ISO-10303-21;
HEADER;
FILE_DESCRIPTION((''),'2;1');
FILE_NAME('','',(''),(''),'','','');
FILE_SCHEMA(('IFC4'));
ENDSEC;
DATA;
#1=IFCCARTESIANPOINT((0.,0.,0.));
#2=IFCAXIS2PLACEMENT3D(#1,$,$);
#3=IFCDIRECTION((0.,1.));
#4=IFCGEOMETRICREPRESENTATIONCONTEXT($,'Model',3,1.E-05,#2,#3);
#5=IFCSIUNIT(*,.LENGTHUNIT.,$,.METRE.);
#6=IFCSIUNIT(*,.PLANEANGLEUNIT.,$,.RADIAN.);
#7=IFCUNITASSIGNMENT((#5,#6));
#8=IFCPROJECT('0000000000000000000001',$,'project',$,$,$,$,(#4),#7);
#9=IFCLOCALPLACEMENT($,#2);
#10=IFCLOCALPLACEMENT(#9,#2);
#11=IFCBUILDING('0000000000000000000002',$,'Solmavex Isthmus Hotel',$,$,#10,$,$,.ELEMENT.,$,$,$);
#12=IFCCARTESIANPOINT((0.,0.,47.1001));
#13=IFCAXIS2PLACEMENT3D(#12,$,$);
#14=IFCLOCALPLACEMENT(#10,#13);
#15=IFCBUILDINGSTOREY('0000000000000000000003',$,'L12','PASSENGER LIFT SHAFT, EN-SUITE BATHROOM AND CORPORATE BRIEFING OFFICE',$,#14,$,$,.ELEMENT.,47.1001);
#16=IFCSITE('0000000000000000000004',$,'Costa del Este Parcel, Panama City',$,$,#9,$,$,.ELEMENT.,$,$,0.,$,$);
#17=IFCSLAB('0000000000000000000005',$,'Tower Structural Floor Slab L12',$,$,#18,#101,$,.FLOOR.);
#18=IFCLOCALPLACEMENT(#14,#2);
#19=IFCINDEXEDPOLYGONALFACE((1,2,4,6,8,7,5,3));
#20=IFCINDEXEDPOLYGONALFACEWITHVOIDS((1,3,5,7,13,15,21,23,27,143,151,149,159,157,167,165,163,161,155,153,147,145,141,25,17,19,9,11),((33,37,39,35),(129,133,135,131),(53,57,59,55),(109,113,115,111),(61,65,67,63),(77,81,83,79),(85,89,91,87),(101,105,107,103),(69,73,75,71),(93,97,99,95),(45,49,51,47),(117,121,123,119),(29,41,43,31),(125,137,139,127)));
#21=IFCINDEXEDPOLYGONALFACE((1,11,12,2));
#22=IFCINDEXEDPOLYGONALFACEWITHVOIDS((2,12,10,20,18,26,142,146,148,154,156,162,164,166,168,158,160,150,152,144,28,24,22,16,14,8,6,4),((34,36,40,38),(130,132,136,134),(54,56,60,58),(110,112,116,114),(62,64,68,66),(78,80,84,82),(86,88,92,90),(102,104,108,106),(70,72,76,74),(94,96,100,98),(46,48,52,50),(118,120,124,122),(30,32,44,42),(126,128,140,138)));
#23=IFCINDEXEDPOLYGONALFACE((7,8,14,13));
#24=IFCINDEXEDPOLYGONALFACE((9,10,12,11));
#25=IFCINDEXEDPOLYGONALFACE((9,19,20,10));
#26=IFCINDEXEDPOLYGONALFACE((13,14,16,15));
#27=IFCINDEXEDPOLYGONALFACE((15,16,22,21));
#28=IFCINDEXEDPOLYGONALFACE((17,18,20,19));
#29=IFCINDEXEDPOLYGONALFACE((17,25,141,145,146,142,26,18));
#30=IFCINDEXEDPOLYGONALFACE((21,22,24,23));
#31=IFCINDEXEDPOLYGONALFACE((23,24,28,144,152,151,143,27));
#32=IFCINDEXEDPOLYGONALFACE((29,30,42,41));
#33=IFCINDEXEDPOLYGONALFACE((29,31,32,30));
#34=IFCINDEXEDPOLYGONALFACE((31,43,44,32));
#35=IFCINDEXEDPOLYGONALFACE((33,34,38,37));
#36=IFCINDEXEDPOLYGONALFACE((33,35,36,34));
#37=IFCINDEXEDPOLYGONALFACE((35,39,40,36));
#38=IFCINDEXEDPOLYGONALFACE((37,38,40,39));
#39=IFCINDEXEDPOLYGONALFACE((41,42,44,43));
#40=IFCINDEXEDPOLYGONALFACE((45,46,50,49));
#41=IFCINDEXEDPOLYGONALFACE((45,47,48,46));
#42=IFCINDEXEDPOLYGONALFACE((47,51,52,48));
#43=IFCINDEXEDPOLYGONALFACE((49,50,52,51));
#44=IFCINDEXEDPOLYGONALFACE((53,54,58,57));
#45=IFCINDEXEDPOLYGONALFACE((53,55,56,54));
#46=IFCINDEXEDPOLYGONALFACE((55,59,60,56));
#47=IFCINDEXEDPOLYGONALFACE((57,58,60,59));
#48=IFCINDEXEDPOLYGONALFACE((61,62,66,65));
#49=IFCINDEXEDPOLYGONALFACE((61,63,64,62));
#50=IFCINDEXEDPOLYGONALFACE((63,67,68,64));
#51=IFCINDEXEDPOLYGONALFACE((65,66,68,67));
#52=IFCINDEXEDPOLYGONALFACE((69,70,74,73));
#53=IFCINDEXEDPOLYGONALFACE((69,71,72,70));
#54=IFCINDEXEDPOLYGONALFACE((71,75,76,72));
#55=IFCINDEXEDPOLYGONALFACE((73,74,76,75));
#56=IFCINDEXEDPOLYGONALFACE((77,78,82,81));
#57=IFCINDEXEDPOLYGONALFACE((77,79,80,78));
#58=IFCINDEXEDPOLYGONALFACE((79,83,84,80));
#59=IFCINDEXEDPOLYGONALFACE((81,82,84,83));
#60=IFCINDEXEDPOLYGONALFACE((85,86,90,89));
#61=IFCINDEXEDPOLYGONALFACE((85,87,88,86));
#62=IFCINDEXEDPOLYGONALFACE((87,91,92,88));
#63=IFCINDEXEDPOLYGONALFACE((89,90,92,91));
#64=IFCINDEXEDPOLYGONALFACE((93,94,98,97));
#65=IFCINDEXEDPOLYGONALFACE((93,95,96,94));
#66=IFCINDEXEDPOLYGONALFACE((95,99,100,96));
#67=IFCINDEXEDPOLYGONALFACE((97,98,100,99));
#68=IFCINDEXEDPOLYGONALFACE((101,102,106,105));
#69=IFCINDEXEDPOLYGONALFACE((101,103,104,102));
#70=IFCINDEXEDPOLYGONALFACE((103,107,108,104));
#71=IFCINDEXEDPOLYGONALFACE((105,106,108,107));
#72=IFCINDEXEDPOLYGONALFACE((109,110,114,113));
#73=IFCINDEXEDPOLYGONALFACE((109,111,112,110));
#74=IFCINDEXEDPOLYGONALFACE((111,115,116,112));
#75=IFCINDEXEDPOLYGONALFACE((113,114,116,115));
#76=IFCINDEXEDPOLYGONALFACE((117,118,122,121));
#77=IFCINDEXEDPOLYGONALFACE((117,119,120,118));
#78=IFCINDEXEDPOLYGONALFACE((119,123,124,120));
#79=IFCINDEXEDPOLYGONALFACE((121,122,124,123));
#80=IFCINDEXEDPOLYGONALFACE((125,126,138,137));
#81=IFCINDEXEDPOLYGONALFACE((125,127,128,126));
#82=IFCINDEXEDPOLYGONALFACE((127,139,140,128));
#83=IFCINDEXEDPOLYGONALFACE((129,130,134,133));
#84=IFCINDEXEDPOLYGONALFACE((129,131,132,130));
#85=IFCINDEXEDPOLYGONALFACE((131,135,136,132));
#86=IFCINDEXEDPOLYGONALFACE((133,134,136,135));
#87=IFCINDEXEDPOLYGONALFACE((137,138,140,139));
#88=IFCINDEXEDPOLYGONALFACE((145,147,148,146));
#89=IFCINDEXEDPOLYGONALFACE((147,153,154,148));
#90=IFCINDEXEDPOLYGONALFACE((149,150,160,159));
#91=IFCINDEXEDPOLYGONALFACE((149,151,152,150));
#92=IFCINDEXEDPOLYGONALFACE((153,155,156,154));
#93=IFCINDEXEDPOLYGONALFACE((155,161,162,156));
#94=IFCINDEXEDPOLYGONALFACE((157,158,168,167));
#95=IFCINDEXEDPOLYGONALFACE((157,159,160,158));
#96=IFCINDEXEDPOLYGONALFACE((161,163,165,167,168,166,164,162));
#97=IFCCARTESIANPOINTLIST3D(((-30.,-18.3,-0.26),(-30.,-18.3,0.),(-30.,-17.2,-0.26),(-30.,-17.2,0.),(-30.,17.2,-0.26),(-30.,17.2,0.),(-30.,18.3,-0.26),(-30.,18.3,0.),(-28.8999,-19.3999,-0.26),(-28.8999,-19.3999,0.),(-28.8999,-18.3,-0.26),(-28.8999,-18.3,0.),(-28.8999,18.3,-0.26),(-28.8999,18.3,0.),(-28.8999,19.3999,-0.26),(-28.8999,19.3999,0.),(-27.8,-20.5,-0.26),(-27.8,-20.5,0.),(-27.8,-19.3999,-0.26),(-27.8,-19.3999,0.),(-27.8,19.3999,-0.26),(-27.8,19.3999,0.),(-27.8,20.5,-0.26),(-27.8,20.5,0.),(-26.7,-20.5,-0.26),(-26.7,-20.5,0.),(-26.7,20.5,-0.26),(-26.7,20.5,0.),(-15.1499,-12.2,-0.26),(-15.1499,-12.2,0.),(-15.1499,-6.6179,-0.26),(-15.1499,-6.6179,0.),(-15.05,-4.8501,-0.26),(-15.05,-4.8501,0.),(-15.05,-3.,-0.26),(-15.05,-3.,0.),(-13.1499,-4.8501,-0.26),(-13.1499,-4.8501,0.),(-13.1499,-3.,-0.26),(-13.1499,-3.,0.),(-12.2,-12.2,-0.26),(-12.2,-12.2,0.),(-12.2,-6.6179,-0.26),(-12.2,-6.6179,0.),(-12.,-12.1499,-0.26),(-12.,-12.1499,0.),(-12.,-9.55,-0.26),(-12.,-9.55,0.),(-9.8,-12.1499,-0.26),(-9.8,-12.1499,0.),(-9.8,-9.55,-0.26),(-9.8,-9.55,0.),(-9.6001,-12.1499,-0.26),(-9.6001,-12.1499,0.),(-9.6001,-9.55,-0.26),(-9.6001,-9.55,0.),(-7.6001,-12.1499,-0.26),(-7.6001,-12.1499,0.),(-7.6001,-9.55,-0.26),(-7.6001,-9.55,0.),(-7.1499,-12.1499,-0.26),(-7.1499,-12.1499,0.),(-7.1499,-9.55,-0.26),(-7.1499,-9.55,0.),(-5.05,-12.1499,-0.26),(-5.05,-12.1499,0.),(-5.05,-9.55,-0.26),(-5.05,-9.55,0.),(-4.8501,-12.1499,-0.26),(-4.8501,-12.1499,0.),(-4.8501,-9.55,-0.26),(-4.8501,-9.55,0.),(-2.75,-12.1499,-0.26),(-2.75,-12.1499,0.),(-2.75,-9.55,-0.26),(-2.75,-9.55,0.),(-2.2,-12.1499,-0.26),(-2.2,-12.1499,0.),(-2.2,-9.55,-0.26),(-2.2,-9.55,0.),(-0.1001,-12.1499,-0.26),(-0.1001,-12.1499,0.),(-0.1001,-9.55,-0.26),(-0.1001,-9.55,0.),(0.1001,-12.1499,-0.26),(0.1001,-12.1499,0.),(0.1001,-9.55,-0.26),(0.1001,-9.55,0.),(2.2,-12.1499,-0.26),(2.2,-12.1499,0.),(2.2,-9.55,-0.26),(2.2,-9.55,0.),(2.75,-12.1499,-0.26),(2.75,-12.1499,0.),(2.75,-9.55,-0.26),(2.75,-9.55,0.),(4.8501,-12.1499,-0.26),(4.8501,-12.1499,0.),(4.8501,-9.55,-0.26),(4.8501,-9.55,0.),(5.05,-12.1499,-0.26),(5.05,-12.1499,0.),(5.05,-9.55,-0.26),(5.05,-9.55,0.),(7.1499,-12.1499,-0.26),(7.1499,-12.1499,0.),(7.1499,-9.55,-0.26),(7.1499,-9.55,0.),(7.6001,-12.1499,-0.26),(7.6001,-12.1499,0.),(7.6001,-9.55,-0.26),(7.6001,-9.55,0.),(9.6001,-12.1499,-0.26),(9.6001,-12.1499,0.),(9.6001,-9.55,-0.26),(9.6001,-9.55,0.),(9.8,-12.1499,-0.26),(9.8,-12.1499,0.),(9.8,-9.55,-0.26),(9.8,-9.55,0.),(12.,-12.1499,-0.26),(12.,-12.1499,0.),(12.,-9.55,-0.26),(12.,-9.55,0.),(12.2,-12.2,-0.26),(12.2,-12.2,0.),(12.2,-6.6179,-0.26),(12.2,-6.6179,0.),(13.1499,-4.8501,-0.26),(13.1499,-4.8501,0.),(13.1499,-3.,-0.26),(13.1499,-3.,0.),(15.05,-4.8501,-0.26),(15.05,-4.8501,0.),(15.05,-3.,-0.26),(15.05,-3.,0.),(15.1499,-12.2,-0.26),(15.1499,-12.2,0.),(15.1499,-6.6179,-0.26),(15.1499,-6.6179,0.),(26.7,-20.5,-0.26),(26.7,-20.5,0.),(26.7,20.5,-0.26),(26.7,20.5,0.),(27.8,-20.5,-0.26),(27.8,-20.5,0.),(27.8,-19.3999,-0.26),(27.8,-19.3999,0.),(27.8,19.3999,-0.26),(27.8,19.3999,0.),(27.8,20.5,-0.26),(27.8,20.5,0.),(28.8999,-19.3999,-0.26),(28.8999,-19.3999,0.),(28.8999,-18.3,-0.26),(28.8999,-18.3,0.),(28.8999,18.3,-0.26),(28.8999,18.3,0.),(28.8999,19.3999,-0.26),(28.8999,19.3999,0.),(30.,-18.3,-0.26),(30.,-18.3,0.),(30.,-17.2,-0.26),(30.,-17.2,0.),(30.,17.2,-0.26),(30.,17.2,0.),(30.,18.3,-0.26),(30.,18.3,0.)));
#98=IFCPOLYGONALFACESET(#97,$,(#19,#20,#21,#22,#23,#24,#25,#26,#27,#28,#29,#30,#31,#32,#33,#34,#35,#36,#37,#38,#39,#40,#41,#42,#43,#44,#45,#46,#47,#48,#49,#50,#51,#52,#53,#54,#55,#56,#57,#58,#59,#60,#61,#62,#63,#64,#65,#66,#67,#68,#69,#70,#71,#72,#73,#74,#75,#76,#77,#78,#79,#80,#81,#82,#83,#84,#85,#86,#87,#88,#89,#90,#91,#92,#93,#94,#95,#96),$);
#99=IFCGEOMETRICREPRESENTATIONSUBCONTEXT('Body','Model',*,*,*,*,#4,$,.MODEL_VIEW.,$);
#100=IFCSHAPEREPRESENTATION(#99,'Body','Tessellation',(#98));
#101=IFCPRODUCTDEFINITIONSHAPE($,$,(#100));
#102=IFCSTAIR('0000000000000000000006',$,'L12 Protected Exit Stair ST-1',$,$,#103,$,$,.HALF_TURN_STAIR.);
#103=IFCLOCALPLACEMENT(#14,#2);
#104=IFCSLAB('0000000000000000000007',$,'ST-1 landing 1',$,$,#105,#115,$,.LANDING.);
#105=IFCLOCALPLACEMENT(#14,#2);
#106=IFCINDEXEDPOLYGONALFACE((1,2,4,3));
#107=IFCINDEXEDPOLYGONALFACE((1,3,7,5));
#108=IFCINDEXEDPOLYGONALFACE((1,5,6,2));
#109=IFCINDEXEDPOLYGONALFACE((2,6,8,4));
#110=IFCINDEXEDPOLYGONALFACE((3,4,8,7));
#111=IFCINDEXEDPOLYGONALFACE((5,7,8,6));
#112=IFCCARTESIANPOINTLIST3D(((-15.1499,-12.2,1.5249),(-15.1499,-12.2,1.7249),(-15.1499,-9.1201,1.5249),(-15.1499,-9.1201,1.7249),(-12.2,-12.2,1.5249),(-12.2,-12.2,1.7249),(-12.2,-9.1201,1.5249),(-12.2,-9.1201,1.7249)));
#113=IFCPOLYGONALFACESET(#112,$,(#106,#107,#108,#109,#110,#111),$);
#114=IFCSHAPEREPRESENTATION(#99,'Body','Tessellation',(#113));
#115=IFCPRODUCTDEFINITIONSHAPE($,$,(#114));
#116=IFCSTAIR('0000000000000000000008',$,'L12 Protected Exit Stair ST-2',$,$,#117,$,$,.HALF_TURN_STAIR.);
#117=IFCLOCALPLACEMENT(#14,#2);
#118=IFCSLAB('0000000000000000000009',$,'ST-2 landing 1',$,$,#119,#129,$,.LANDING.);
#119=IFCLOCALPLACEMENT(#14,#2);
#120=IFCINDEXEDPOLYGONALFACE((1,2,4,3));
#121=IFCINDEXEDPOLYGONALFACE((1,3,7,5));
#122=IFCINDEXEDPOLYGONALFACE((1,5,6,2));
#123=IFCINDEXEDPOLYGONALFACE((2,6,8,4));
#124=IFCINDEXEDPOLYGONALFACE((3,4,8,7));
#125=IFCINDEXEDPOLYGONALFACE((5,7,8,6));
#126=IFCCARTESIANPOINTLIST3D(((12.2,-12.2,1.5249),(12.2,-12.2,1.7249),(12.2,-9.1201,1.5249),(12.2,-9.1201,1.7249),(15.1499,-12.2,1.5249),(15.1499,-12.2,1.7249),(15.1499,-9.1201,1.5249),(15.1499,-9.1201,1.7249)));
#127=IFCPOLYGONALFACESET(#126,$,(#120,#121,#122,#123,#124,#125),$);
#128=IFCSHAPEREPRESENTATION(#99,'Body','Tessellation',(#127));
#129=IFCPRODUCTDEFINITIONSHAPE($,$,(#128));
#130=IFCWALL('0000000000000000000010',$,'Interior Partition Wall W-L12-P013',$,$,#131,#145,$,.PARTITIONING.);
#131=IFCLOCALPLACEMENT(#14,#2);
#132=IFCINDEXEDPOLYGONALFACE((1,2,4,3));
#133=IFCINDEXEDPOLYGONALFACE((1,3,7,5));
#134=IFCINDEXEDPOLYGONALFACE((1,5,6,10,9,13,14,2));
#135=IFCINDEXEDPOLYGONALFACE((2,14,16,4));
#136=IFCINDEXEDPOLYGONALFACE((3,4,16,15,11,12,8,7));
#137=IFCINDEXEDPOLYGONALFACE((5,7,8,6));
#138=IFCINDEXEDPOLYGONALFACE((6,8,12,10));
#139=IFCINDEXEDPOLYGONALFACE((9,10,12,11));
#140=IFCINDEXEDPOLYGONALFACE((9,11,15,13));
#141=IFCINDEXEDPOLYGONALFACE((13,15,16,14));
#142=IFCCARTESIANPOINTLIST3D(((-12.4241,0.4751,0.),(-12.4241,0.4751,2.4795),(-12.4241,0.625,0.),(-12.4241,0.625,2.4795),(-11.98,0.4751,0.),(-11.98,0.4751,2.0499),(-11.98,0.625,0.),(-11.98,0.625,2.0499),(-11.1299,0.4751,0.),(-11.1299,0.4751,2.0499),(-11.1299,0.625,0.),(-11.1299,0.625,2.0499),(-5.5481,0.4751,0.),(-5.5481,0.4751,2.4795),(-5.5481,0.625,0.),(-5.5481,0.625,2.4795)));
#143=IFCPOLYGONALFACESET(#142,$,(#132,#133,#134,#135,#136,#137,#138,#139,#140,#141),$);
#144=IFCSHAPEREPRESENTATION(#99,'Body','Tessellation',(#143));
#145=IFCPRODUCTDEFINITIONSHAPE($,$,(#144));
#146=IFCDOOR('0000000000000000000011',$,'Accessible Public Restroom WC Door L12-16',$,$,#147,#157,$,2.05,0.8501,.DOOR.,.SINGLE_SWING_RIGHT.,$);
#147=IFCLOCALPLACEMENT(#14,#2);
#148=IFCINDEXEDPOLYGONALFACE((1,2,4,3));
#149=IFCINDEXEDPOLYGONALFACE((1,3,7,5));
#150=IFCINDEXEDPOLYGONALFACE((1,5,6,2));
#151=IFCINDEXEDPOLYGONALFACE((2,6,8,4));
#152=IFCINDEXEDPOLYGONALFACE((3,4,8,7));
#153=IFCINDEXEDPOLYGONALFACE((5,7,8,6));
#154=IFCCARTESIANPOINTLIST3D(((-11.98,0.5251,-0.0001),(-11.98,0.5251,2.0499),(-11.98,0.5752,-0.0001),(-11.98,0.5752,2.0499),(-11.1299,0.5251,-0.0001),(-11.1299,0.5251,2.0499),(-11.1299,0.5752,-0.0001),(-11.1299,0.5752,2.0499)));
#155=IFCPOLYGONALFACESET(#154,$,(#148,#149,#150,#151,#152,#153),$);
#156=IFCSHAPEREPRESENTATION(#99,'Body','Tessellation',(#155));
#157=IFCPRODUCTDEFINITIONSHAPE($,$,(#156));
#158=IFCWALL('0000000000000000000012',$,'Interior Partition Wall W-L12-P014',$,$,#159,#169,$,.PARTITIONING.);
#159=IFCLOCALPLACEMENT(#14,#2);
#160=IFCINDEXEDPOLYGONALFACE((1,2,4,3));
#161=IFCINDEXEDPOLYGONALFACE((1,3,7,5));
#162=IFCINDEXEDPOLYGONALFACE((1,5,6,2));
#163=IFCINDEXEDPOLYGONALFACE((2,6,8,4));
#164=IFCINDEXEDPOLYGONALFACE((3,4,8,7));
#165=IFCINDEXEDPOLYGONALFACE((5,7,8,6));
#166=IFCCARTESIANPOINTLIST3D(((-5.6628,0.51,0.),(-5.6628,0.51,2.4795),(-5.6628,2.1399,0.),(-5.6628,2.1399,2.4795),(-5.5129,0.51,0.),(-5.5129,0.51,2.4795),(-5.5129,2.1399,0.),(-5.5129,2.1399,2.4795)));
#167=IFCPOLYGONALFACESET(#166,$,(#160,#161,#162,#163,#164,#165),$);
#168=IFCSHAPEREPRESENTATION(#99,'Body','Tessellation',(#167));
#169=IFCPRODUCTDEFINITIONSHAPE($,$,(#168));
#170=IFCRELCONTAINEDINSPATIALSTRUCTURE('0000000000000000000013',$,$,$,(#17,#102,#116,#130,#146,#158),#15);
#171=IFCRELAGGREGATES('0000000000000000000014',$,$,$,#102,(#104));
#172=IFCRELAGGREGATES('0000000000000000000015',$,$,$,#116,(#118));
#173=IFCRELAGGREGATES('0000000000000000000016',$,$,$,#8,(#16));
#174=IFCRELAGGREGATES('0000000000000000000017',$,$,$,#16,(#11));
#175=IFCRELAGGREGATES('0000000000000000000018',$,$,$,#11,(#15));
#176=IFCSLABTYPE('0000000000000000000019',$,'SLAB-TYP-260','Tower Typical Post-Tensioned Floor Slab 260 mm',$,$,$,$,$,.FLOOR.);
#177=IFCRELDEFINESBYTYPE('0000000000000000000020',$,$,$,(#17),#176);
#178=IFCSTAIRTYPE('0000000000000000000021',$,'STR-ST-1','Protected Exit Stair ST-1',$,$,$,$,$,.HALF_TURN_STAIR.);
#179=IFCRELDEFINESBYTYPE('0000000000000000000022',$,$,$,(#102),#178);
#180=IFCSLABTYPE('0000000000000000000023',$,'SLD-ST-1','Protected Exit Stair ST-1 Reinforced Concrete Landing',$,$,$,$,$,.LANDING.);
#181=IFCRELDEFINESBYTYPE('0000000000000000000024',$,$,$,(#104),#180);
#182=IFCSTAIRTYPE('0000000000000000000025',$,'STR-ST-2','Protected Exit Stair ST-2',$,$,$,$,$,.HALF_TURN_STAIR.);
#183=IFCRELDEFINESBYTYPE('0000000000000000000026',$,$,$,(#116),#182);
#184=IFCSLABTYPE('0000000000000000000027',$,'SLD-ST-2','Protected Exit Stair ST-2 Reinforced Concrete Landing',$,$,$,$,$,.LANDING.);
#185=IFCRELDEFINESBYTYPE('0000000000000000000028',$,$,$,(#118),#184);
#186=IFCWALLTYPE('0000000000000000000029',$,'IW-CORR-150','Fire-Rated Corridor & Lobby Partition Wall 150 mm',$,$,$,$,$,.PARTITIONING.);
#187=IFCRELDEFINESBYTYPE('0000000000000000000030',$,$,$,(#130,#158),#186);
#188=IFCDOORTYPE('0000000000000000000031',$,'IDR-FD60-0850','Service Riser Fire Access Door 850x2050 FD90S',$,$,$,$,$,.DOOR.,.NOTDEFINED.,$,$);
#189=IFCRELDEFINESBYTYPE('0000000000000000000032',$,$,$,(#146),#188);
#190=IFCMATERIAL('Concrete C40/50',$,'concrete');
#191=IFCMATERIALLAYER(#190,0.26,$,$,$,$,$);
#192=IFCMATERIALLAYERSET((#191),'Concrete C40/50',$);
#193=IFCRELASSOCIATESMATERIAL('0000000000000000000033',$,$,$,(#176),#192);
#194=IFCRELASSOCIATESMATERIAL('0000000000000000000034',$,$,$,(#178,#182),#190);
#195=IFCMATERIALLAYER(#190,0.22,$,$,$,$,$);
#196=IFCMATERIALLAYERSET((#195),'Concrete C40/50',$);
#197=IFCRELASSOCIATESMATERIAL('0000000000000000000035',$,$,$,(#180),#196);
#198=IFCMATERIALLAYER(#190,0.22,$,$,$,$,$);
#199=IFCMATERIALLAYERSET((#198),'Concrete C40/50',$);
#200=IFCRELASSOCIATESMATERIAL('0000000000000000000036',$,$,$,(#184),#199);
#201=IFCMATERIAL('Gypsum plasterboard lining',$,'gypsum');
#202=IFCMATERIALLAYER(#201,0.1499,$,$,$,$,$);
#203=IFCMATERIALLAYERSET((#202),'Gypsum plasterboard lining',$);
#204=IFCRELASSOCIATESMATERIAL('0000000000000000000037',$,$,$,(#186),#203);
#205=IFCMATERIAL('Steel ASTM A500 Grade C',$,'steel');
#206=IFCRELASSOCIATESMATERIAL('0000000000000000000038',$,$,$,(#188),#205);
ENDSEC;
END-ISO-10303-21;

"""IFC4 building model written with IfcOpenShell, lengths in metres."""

from ifc_helpers import new_model, si_unit, direction, frame, frame_2d, origin, place, context, subcontext, project, spatial, polyline, rectangle, outline, extrude, material, layer, layer_set, type_object, element, fill, aggregate, save


model = new_model("IFC4")

# Units and contexts
model_context = context("Model", 3, precision=1e-05, world=origin(), true_north=direction((0.0, 1.0)))
body_context = subcontext(model_context, "Body", "Model", "MODEL_VIEW")
ifc_project = project(units=[si_unit("LENGTHUNIT", "METRE"), si_unit("PLANEANGLEUNIT", "RADIAN")], contexts=[model_context])

# Site, building, storey
site_placement = place(None, origin())
site = spatial("IfcSite", under=ifc_project, at=site_placement, Name="Costa del Este Parcel, Panama City", CompositionType="ELEMENT", RefElevation=0.0)
building_placement = place(site_placement, origin())
building = spatial("IfcBuilding", under=site, at=building_placement, Name="Solmavex Isthmus Hotel", CompositionType="ELEMENT")
storey_placement = place(building_placement, frame((0.0, 0.0, 47.1001)))
storey = spatial("IfcBuildingStorey", under=building, at=storey_placement, Name="L12", Description="PASSENGER LIFT SHAFT, EN-SUITE BATHROOM AND CORPORATE BRIEFING OFFICE", CompositionType="ELEMENT", Elevation=47.1001)

# Slab
ifc_material_1 = material(Name="Concrete C40/50", Category="concrete")
ifc_layer_1 = layer(ifc_material_1, 0.26)
ifc_layer_set_1 = layer_set([ifc_layer_1], Name="Concrete C40/50")
slab_type_1 = type_object("IfcSlabType", Name="SLAB-TYP-260", Description="Tower Typical Post-Tensioned Floor Slab 260 mm", PredefinedType="FLOOR", material=ifc_layer_set_1)
slab_1_placement = place(storey_placement, frame((0.0, 0.0, -0.26)))
element("IfcSlab", 1, at=slab_1_placement, inside=storey, type_object=slab_type_1, Name="Tower Structural Floor Slab L12", PredefinedType="FLOOR", context=body_context, shape_type="SweptSolid", body=[
    extrude(outline(polyline([(-26.7, -20.5), (26.7, -20.5), (27.8, -20.5), (27.8, -19.3999), (28.8999, -19.3999), (28.8999, -18.3), (30.0, -18.3), (30.0, -17.2), (30.0, 17.2), (30.0, 18.3), (28.8999, 18.3), (28.8999, 19.3999), (27.8, 19.3999), (27.8, 20.5), (26.7, 20.5), (-26.7, 20.5), (-27.8, 20.5), (-27.8, 19.3999), (-28.8999, 19.3999), (-28.8999, 18.3), (-30.0, 18.3), (-30.0, 17.2), (-30.0, -17.2), (-30.0, -18.3), (-28.8999, -18.3), (-28.8999, -19.3999), (-27.8, -19.3999), (-27.8, -20.5), (-26.7, -20.5)]), holes=[polyline([(-15.1499, -6.6179), (-15.1499, -12.2), (-12.2, -12.2), (-12.2, -6.6179), (-15.1499, -6.6179)]), polyline([(12.2, -6.6179), (12.2, -12.2), (15.1499, -12.2), (15.1499, -6.6179), (12.2, -6.6179)]), polyline([(-12.0, -12.1499), (-9.8, -12.1499), (-9.8, -9.55), (-12.0, -9.55), (-12.0, -12.1499)]), polyline([(9.8, -12.1499), (12.0, -12.1499), (12.0, -9.55), (9.8, -9.55), (9.8, -12.1499)]), polyline([(-9.6001, -12.1499), (-7.6001, -12.1499), (-7.6001, -9.55), (-9.6001, -9.55), (-9.6001, -12.1499)]), polyline([(7.6001, -12.1499), (9.6001, -12.1499), (9.6001, -9.55), (7.6001, -9.55), (7.6001, -12.1499)]), polyline([(-7.1499, -12.1499), (-5.05, -12.1499), (-5.05, -9.55), (-7.1499, -9.55), (-7.1499, -12.1499)]), polyline([(-4.8501, -12.1499), (-2.75, -12.1499), (-2.75, -9.55), (-4.8501, -9.55), (-4.8501, -12.1499)]), polyline([(-2.2, -12.1499), (-0.1001, -12.1499), (-0.1001, -9.55), (-2.2, -9.55), (-2.2, -12.1499)]), polyline([(0.1001, -12.1499), (2.2, -12.1499), (2.2, -9.55), (0.1001, -9.55), (0.1001, -12.1499)]), polyline([(2.75, -12.1499), (4.8501, -12.1499), (4.8501, -9.55), (2.75, -9.55), (2.75, -12.1499)]), polyline([(5.05, -12.1499), (7.1499, -12.1499), (7.1499, -9.55), (5.05, -9.55), (5.05, -12.1499)]), polyline([(-15.05, -4.8501), (-13.1499, -4.8501), (-13.1499, -3.0), (-15.05, -3.0), (-15.05, -4.8501)]), polyline([(13.1499, -4.8501), (15.05, -4.8501), (15.05, -3.0), (13.1499, -3.0), (13.1499, -4.8501)])]), origin(), (0.0, 0.0, 1.0), 0.26),
])

# Stairs, slabs
stair_type_1 = type_object("IfcStairType", Name="STR-ST-1", Description="Protected Exit Stair ST-1", PredefinedType="HALF_TURN_STAIR", material=ifc_material_1)
stair_1_placement = place(storey_placement, origin())
stair_1 = element("IfcStair", 2, at=stair_1_placement, inside=storey, type_object=stair_type_1, Name="L12 Protected Exit Stair ST-1", PredefinedType="HALF_TURN_STAIR")
ifc_layer_2 = layer(ifc_material_1, 0.22)
ifc_layer_set_2 = layer_set([ifc_layer_2], Name="Concrete C40/50")
slab_type_2 = type_object("IfcSlabType", Name="SLD-ST-1", Description="Protected Exit Stair ST-1 Reinforced Concrete Landing", PredefinedType="LANDING", material=ifc_layer_set_2)
slab_2_placement = place(storey_placement, frame((0.0, 0.0, 1.5249)))
slab_2 = element("IfcSlab", 3, at=slab_2_placement, type_object=slab_type_2, Name="ST-1 landing 1", PredefinedType="LANDING", context=body_context, shape_type="SweptSolid", body=[
    extrude(outline(polyline([(-15.1499, -9.1201), (-15.1499, -12.2), (-12.2, -12.2), (-12.2, -9.1201), (-15.1499, -9.1201)])), origin(), (0.0, 0.0, 1.0), 0.2),
])
aggregate(stair_1, [slab_2])
stair_type_2 = type_object("IfcStairType", Name="STR-ST-2", Description="Protected Exit Stair ST-2", PredefinedType="HALF_TURN_STAIR", material=ifc_material_1)
stair_2_placement = place(storey_placement, origin())
stair_2 = element("IfcStair", 4, at=stair_2_placement, inside=storey, type_object=stair_type_2, Name="L12 Protected Exit Stair ST-2", PredefinedType="HALF_TURN_STAIR")
ifc_layer_3 = layer(ifc_material_1, 0.22)
ifc_layer_set_3 = layer_set([ifc_layer_3], Name="Concrete C40/50")
slab_type_3 = type_object("IfcSlabType", Name="SLD-ST-2", Description="Protected Exit Stair ST-2 Reinforced Concrete Landing", PredefinedType="LANDING", material=ifc_layer_set_3)
slab_3_placement = place(storey_placement, frame((0.0, 0.0, 1.5249)))
slab_3 = element("IfcSlab", 5, at=slab_3_placement, type_object=slab_type_3, Name="ST-2 landing 1", PredefinedType="LANDING", context=body_context, shape_type="SweptSolid", body=[
    extrude(outline(polyline([(12.2, -9.1201), (12.2, -12.2), (15.1499, -12.2), (15.1499, -9.1201), (12.2, -9.1201)])), origin(), (0.0, 0.0, 1.0), 0.2),
])
aggregate(stair_2, [slab_3])

# Wall, opening, door
ifc_material_2 = material(Name="Gypsum plasterboard lining", Category="gypsum")
ifc_layer_4 = layer(ifc_material_2, 0.1499)
ifc_layer_set_4 = layer_set([ifc_layer_4], Name="Gypsum plasterboard lining")
wall_type = type_object("IfcWallType", Name="IW-CORR-150", Description="Fire-Rated Corridor & Lobby Partition Wall 150 mm", PredefinedType="PARTITIONING", material=ifc_layer_set_4)
wall_1_placement = place(storey_placement, frame((-12.4241, 0.55, 0.0), z_axis=(0.0, 0.0, 1.0), x_axis=(1.0, 0.0, 0.0)))
wall_1 = element("IfcWall", 6, at=wall_1_placement, inside=storey, type_object=wall_type, Name="Interior Partition Wall W-L12-P013", PredefinedType="PARTITIONING", context=body_context, shape_type="SweptSolid", body=[
    extrude(rectangle(XDim=6.876, YDim=0.1499, at=frame_2d((3.438, 0.0))), origin(), (0.0, 0.0, 1.0), 2.4795),
])
opening_1_placement = place(wall_1_placement, frame((0.4441, 0.0, 0.0)))
opening_1 = element("IfcOpeningElement", 7, at=opening_1_placement, cuts=wall_1, PredefinedType="OPENING", context=body_context, shape_type="SweptSolid", body=[
    extrude(rectangle(XDim=0.8501, YDim=2.05, at=frame_2d((0.425, 1.0249))), frame((0.0, 0.085, 0.0), z_axis=(0.0, -1.0, 0.0), x_axis=(1.0, 0.0, 0.0)), (0.0, 0.0, 1.0), 0.1699),
])
ifc_material_3 = material(Name="Steel ASTM A500 Grade C", Category="steel")
door_type_1 = type_object("IfcDoorType", Name="IDR-FD60-0850", Description="Service Riser Fire Access Door 850x2050 FD90S", OperationType="NOTDEFINED", PredefinedType="DOOR", material=ifc_material_3)
door_1_placement = place(opening_1_placement, frame((0.8501, 0.0, 0.0), z_axis=(0.0, 0.0, 1.0), x_axis=(-1.0, 0.0, 0.0)))
door_1 = element("IfcDoor", 8, at=door_1_placement, inside=storey, type_object=door_type_1, Name="Accessible Public Restroom WC Door L12-16", OperationType="SINGLE_SWING_RIGHT", OverallHeight=2.05, OverallWidth=0.8501, PredefinedType="DOOR", context=body_context, shape_type="SweptSolid", body=[
    extrude(rectangle(XDim=0.8501, YDim=2.05, at=frame_2d((0.425, 1.0249))), frame((0.0, 0.0249, 0.0), z_axis=(0.0, -1.0, 0.0), x_axis=(1.0, 0.0, 0.0)), (0.0, 0.0, 1.0), 0.05),
])
fill(opening_1, door_1)

# Wall
wall_2_placement = place(storey_placement, frame((-5.5879, 0.51, 0.0), z_axis=(0.0, 0.0, 1.0), x_axis=(0.0, 1.0, 0.0)))
element("IfcWall", 9, at=wall_2_placement, inside=storey, type_object=wall_type, Name="Interior Partition Wall W-L12-P014", PredefinedType="PARTITIONING", context=body_context, shape_type="SweptSolid", body=[
    extrude(rectangle(XDim=1.6299, YDim=0.1499, at=frame_2d((0.8149, 0.0))), origin(), (0.0, 0.0, 1.0), 2.4795),
])

save(model, "model.ifc")
